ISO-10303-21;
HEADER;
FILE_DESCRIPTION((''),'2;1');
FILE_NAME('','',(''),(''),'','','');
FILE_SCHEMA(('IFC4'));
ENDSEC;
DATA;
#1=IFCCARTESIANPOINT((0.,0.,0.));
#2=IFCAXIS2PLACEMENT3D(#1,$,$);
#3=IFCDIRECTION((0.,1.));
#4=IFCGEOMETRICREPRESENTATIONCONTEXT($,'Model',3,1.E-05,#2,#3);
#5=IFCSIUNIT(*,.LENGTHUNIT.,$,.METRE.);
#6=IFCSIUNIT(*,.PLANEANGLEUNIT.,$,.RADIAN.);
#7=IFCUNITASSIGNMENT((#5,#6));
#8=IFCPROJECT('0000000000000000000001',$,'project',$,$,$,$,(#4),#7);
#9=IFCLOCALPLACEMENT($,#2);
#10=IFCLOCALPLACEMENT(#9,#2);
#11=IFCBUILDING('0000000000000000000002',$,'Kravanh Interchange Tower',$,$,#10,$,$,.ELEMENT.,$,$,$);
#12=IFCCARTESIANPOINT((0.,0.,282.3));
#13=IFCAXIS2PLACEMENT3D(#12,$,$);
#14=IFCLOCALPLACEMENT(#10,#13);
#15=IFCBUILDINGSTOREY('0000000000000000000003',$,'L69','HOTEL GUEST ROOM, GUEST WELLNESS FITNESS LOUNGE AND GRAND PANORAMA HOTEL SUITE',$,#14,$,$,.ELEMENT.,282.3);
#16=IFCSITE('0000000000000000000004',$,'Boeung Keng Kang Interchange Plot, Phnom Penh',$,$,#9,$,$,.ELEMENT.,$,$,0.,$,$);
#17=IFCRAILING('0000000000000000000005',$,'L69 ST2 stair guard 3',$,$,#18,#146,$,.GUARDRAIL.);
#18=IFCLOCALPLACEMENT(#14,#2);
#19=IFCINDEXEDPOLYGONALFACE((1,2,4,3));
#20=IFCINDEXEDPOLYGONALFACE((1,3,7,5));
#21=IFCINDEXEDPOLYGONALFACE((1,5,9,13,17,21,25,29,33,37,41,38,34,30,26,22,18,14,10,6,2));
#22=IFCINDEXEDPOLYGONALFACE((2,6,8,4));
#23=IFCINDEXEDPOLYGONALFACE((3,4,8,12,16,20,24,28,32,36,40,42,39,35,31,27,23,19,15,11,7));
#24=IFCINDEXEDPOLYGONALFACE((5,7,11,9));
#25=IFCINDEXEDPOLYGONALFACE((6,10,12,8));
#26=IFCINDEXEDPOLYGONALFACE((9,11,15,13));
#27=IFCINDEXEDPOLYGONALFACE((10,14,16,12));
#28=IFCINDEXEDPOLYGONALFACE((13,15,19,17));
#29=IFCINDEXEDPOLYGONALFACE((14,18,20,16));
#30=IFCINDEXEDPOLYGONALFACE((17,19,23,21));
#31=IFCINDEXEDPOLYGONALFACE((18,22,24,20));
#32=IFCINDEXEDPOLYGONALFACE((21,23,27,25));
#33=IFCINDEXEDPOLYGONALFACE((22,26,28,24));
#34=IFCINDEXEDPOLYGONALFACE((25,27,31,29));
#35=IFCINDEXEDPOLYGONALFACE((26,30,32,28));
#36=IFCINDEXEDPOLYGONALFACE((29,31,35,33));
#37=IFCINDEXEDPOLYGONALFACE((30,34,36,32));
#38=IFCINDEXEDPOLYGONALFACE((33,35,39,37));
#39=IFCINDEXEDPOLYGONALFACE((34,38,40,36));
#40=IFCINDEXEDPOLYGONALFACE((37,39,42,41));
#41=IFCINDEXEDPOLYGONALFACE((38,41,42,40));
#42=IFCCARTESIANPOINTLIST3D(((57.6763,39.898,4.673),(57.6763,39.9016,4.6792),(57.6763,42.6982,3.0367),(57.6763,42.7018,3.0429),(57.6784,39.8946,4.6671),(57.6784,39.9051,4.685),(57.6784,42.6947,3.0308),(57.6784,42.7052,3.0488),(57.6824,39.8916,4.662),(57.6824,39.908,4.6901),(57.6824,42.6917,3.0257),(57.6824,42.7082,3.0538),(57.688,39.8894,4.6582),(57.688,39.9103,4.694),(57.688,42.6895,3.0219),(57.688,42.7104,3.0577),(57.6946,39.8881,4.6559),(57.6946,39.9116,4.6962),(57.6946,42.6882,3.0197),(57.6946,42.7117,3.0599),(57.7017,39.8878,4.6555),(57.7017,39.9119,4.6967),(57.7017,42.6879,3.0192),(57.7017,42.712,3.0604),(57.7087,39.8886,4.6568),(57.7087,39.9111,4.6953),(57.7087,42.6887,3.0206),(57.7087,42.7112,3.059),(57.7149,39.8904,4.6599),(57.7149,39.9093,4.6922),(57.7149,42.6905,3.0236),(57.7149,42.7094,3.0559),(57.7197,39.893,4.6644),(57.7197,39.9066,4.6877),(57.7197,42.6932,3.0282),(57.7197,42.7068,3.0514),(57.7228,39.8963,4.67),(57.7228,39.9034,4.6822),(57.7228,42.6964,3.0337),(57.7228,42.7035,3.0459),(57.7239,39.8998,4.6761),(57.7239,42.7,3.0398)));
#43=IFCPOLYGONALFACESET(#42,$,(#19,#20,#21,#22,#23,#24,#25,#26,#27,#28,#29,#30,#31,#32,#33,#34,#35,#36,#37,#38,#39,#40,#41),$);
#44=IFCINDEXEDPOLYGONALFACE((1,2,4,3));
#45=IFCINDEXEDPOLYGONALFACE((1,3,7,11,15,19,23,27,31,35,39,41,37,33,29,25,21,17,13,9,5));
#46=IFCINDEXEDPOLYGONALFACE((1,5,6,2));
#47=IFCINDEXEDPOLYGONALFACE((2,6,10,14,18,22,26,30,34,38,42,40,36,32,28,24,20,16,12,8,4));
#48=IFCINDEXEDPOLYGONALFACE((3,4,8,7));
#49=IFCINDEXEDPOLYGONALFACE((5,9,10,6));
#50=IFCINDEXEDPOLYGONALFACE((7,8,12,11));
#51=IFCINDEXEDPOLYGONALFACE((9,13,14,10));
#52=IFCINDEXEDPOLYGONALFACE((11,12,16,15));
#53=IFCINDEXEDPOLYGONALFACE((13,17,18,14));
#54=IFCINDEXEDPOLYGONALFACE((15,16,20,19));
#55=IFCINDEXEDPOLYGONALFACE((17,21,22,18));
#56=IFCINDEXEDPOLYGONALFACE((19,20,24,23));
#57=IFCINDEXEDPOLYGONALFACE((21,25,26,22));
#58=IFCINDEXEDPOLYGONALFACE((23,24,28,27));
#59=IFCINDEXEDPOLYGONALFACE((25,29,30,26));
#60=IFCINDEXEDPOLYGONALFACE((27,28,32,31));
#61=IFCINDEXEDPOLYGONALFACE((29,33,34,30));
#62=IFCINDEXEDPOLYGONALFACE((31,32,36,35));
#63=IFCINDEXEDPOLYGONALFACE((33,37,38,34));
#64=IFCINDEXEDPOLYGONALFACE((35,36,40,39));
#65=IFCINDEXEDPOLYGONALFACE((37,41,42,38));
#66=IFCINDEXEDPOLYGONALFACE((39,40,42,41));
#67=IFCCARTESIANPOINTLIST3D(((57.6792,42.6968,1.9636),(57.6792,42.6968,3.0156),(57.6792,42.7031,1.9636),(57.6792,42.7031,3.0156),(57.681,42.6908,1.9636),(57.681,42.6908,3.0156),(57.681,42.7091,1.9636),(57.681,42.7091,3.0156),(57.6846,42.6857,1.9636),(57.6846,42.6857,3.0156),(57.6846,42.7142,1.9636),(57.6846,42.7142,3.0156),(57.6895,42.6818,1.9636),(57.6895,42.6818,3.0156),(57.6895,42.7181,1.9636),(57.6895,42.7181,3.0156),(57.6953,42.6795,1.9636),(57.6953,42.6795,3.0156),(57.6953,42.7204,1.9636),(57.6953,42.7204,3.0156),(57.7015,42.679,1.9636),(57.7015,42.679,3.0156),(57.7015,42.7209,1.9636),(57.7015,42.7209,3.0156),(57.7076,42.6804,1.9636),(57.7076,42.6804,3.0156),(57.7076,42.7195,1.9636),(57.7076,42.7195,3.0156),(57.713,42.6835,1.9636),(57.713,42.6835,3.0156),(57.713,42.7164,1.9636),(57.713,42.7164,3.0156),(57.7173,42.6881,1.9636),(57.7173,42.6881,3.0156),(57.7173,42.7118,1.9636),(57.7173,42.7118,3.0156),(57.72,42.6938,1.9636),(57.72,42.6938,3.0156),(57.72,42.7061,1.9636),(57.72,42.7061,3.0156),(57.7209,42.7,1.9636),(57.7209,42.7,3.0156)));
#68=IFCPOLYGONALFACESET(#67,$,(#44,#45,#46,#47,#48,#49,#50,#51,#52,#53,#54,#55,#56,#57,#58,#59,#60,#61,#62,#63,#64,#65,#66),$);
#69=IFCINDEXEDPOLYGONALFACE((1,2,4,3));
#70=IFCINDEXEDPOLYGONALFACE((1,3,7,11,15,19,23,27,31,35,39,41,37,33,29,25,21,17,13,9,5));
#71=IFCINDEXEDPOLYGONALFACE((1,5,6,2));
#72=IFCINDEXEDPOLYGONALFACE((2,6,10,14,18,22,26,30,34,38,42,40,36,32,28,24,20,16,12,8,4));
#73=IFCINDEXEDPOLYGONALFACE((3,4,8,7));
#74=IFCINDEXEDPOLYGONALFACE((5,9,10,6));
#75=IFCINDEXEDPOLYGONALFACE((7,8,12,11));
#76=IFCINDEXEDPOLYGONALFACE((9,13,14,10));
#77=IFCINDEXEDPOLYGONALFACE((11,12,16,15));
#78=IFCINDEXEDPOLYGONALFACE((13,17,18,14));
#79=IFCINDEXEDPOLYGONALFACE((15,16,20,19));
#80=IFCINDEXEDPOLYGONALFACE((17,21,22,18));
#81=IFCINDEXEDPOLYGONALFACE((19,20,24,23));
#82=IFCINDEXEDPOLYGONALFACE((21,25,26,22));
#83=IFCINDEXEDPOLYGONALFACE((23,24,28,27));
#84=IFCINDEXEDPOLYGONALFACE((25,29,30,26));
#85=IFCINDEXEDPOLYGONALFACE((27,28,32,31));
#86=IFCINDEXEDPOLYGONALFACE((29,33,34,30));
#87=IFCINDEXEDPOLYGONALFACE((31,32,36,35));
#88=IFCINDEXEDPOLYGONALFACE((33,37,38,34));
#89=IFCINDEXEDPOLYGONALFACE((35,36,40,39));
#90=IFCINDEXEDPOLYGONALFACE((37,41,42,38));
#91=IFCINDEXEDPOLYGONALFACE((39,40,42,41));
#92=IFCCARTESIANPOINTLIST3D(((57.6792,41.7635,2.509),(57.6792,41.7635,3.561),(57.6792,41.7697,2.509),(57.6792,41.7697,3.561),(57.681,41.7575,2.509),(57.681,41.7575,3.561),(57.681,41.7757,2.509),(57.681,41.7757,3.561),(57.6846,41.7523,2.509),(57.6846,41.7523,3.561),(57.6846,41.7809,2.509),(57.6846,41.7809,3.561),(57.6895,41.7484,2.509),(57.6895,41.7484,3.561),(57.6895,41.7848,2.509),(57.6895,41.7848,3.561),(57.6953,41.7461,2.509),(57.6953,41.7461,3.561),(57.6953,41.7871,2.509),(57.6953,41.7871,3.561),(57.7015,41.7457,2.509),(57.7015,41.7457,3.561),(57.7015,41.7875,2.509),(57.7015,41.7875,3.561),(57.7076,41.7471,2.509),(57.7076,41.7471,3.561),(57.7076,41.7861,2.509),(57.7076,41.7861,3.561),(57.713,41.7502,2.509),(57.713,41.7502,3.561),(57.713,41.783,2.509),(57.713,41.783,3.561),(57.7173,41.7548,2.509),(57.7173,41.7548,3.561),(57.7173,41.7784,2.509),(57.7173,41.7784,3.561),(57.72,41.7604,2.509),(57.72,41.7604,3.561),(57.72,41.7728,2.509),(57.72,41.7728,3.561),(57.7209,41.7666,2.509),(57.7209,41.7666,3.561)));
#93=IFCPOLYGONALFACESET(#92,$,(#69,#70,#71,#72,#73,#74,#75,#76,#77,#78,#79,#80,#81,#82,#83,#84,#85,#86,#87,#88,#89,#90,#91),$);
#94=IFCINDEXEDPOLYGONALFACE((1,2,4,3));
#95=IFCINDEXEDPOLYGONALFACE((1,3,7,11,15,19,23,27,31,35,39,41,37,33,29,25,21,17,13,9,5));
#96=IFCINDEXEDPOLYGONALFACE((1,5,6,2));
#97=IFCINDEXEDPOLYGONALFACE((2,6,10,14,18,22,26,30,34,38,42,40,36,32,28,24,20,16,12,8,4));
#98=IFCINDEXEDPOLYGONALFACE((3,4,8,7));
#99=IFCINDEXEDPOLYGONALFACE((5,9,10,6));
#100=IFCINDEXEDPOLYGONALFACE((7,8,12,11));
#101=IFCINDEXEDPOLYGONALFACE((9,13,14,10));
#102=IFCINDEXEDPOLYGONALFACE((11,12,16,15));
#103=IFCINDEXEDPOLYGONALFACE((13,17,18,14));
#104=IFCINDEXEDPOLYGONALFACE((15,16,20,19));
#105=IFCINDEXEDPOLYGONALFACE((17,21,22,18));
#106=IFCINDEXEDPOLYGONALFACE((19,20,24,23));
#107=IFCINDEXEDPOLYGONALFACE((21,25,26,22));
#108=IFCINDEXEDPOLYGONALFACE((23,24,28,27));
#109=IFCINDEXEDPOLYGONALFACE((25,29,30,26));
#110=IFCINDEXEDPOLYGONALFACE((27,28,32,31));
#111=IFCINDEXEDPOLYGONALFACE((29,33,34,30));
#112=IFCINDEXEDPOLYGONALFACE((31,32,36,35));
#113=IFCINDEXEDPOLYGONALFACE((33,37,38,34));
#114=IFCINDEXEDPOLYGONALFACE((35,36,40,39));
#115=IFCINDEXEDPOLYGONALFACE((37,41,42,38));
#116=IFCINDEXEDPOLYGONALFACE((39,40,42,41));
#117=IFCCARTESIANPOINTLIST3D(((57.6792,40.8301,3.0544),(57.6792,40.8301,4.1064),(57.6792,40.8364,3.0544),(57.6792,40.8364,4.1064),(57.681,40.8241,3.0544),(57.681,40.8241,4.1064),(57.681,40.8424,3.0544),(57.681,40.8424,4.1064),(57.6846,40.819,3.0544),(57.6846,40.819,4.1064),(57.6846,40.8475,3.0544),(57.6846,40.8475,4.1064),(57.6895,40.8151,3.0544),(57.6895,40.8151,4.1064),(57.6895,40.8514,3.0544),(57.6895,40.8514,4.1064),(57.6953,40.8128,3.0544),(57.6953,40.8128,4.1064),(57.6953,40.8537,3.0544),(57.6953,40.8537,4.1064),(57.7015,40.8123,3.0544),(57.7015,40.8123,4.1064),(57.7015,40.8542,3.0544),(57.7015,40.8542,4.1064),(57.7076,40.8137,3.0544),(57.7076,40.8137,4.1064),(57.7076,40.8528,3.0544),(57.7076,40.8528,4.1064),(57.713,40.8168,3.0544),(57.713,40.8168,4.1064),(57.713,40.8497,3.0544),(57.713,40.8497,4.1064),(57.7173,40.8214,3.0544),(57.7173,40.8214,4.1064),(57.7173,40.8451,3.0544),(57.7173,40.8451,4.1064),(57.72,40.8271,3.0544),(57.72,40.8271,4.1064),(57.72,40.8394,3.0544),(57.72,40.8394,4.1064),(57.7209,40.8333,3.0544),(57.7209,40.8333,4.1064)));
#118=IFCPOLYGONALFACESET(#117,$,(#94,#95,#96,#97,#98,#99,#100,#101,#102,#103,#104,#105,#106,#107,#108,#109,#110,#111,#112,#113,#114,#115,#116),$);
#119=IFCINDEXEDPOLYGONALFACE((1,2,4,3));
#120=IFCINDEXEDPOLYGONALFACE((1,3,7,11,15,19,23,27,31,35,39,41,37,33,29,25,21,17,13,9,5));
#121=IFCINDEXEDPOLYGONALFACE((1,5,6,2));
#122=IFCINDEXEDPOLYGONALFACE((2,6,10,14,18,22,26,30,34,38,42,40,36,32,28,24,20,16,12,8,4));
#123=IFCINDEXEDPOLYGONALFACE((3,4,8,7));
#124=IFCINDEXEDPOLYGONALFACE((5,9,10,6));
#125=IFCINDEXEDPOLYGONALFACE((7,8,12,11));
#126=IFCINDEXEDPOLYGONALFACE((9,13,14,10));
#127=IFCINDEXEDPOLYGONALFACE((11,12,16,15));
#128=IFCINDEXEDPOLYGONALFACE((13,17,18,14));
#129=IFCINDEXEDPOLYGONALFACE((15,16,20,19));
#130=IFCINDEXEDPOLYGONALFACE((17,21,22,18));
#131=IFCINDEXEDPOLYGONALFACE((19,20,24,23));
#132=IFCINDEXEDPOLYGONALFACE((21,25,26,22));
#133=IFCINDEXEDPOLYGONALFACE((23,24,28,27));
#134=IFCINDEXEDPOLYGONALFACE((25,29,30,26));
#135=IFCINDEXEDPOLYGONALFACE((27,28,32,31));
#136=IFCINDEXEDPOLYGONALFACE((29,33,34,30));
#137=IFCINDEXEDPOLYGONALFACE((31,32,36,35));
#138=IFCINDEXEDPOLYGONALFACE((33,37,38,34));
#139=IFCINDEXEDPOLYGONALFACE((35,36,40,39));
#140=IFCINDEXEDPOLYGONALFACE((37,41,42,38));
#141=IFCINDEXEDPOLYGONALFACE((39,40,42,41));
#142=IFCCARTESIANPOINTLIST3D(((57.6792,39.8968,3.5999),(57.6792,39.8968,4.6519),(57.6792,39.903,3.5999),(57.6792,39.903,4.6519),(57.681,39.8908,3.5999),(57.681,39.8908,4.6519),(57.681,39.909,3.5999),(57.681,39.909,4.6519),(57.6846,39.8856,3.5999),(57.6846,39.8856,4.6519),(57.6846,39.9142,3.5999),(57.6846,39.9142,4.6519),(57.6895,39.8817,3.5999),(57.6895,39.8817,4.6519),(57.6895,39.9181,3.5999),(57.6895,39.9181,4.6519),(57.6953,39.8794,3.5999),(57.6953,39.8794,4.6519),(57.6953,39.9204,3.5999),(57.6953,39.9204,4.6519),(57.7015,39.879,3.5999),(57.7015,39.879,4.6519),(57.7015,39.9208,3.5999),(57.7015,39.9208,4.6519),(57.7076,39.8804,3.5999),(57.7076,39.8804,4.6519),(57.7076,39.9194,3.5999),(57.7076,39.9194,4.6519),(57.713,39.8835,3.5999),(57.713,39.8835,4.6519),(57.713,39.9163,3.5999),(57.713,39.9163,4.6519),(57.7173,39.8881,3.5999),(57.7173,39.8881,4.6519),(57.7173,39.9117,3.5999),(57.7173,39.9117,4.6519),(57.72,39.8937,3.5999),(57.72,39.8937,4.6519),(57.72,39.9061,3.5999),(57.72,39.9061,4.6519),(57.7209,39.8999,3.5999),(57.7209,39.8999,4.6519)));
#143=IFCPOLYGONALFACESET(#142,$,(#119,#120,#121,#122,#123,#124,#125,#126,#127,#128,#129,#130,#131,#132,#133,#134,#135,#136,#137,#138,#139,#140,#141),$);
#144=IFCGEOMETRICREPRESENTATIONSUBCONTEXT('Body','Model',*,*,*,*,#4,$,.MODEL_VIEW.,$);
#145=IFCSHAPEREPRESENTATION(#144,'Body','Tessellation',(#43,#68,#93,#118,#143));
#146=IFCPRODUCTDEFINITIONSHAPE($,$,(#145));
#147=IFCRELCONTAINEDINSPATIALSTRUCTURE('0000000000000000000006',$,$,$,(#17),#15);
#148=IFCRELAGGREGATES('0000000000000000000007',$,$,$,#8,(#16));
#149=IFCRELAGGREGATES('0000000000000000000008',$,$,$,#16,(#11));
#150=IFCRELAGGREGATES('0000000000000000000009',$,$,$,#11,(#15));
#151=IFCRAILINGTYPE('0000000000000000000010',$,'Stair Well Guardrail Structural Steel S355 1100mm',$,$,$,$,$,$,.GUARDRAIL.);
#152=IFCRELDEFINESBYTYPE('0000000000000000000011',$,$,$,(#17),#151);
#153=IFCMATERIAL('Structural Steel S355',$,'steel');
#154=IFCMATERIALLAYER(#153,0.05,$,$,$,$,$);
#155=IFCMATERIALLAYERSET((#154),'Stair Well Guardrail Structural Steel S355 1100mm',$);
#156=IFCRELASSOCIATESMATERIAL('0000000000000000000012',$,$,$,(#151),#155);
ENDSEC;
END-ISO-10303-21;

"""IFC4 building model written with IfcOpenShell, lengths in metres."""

from ifc_helpers import new_model, si_unit, direction, frame, origin, origin_2d, place, context, subcontext, project, spatial, circle, extrude, material, layer, layer_set, type_object, element, save


model = new_model("IFC4")

# Units and contexts
model_context = context("Model", 3, precision=1e-05, world=origin(), true_north=direction((0.0, 1.0)))
body_context = subcontext(model_context, "Body", "Model", "MODEL_VIEW")
ifc_project = project(units=[si_unit("LENGTHUNIT", "METRE"), si_unit("PLANEANGLEUNIT", "RADIAN")], contexts=[model_context])

# Site, building, storey
site_placement = place(None, origin())
site = spatial("IfcSite", under=ifc_project, at=site_placement, Name="Boeung Keng Kang Interchange Plot, Phnom Penh", CompositionType="ELEMENT", RefElevation=0.0)
building_placement = place(site_placement, origin())
building = spatial("IfcBuilding", under=site, at=building_placement, Name="Kravanh Interchange Tower", CompositionType="ELEMENT")
storey_placement = place(building_placement, frame((0.0, 0.0, 282.3)))
storey = spatial("IfcBuildingStorey", under=building, at=storey_placement, Name="L69", Description="HOTEL GUEST ROOM, GUEST WELLNESS FITNESS LOUNGE AND GRAND PANORAMA HOTEL SUITE", CompositionType="ELEMENT", Elevation=282.3)

# Railing
ifc_material_1 = material(Name="Structural Steel S355", Category="steel")
ifc_layer_1 = layer(ifc_material_1, 0.05)
ifc_layer_set_1 = layer_set([ifc_layer_1], Name="Stair Well Guardrail Structural Steel S355 1100mm")
railing_type_1 = type_object("IfcRailingType", Name="Stair Well Guardrail Structural Steel S355 1100mm", PredefinedType="GUARDRAIL", material=ifc_layer_set_1)
railing_1_placement = place(storey_placement, frame((57.7, 42.7, 1.9636)))
element("IfcRailing", 1, at=railing_1_placement, inside=storey, type_object=railing_type_1, Name="L69 ST2 stair guard 3", PredefinedType="GUARDRAIL", context=body_context, shape_type="SweptSolid", body=[
    extrude(circle(Radius=0.0239, at=origin_2d()), frame((0.0, 0.0, 1.0762), z_axis=(0.0, -0.863394, 0.504531), x_axis=(1.0, 0.0, 0.0)), (0.0, 0.0, 1.0), 3.2432),
    extrude(circle(Radius=0.021, at=origin_2d()), origin(), (0.0, 0.0, 1.0), 1.052),
    extrude(circle(Radius=0.021, at=origin_2d()), frame((0.0, -0.9333, 0.5454)), (0.0, 0.0, 1.0), 1.052),
    extrude(circle(Radius=0.021, at=origin_2d()), frame((0.0, -1.8667, 1.0908)), (0.0, 0.0, 1.0), 1.052),
    extrude(circle(Radius=0.021, at=origin_2d()), frame((0.0, -2.8, 1.6362)), (0.0, 0.0, 1.0), 1.052),
])

save(model, "model.ifc")
